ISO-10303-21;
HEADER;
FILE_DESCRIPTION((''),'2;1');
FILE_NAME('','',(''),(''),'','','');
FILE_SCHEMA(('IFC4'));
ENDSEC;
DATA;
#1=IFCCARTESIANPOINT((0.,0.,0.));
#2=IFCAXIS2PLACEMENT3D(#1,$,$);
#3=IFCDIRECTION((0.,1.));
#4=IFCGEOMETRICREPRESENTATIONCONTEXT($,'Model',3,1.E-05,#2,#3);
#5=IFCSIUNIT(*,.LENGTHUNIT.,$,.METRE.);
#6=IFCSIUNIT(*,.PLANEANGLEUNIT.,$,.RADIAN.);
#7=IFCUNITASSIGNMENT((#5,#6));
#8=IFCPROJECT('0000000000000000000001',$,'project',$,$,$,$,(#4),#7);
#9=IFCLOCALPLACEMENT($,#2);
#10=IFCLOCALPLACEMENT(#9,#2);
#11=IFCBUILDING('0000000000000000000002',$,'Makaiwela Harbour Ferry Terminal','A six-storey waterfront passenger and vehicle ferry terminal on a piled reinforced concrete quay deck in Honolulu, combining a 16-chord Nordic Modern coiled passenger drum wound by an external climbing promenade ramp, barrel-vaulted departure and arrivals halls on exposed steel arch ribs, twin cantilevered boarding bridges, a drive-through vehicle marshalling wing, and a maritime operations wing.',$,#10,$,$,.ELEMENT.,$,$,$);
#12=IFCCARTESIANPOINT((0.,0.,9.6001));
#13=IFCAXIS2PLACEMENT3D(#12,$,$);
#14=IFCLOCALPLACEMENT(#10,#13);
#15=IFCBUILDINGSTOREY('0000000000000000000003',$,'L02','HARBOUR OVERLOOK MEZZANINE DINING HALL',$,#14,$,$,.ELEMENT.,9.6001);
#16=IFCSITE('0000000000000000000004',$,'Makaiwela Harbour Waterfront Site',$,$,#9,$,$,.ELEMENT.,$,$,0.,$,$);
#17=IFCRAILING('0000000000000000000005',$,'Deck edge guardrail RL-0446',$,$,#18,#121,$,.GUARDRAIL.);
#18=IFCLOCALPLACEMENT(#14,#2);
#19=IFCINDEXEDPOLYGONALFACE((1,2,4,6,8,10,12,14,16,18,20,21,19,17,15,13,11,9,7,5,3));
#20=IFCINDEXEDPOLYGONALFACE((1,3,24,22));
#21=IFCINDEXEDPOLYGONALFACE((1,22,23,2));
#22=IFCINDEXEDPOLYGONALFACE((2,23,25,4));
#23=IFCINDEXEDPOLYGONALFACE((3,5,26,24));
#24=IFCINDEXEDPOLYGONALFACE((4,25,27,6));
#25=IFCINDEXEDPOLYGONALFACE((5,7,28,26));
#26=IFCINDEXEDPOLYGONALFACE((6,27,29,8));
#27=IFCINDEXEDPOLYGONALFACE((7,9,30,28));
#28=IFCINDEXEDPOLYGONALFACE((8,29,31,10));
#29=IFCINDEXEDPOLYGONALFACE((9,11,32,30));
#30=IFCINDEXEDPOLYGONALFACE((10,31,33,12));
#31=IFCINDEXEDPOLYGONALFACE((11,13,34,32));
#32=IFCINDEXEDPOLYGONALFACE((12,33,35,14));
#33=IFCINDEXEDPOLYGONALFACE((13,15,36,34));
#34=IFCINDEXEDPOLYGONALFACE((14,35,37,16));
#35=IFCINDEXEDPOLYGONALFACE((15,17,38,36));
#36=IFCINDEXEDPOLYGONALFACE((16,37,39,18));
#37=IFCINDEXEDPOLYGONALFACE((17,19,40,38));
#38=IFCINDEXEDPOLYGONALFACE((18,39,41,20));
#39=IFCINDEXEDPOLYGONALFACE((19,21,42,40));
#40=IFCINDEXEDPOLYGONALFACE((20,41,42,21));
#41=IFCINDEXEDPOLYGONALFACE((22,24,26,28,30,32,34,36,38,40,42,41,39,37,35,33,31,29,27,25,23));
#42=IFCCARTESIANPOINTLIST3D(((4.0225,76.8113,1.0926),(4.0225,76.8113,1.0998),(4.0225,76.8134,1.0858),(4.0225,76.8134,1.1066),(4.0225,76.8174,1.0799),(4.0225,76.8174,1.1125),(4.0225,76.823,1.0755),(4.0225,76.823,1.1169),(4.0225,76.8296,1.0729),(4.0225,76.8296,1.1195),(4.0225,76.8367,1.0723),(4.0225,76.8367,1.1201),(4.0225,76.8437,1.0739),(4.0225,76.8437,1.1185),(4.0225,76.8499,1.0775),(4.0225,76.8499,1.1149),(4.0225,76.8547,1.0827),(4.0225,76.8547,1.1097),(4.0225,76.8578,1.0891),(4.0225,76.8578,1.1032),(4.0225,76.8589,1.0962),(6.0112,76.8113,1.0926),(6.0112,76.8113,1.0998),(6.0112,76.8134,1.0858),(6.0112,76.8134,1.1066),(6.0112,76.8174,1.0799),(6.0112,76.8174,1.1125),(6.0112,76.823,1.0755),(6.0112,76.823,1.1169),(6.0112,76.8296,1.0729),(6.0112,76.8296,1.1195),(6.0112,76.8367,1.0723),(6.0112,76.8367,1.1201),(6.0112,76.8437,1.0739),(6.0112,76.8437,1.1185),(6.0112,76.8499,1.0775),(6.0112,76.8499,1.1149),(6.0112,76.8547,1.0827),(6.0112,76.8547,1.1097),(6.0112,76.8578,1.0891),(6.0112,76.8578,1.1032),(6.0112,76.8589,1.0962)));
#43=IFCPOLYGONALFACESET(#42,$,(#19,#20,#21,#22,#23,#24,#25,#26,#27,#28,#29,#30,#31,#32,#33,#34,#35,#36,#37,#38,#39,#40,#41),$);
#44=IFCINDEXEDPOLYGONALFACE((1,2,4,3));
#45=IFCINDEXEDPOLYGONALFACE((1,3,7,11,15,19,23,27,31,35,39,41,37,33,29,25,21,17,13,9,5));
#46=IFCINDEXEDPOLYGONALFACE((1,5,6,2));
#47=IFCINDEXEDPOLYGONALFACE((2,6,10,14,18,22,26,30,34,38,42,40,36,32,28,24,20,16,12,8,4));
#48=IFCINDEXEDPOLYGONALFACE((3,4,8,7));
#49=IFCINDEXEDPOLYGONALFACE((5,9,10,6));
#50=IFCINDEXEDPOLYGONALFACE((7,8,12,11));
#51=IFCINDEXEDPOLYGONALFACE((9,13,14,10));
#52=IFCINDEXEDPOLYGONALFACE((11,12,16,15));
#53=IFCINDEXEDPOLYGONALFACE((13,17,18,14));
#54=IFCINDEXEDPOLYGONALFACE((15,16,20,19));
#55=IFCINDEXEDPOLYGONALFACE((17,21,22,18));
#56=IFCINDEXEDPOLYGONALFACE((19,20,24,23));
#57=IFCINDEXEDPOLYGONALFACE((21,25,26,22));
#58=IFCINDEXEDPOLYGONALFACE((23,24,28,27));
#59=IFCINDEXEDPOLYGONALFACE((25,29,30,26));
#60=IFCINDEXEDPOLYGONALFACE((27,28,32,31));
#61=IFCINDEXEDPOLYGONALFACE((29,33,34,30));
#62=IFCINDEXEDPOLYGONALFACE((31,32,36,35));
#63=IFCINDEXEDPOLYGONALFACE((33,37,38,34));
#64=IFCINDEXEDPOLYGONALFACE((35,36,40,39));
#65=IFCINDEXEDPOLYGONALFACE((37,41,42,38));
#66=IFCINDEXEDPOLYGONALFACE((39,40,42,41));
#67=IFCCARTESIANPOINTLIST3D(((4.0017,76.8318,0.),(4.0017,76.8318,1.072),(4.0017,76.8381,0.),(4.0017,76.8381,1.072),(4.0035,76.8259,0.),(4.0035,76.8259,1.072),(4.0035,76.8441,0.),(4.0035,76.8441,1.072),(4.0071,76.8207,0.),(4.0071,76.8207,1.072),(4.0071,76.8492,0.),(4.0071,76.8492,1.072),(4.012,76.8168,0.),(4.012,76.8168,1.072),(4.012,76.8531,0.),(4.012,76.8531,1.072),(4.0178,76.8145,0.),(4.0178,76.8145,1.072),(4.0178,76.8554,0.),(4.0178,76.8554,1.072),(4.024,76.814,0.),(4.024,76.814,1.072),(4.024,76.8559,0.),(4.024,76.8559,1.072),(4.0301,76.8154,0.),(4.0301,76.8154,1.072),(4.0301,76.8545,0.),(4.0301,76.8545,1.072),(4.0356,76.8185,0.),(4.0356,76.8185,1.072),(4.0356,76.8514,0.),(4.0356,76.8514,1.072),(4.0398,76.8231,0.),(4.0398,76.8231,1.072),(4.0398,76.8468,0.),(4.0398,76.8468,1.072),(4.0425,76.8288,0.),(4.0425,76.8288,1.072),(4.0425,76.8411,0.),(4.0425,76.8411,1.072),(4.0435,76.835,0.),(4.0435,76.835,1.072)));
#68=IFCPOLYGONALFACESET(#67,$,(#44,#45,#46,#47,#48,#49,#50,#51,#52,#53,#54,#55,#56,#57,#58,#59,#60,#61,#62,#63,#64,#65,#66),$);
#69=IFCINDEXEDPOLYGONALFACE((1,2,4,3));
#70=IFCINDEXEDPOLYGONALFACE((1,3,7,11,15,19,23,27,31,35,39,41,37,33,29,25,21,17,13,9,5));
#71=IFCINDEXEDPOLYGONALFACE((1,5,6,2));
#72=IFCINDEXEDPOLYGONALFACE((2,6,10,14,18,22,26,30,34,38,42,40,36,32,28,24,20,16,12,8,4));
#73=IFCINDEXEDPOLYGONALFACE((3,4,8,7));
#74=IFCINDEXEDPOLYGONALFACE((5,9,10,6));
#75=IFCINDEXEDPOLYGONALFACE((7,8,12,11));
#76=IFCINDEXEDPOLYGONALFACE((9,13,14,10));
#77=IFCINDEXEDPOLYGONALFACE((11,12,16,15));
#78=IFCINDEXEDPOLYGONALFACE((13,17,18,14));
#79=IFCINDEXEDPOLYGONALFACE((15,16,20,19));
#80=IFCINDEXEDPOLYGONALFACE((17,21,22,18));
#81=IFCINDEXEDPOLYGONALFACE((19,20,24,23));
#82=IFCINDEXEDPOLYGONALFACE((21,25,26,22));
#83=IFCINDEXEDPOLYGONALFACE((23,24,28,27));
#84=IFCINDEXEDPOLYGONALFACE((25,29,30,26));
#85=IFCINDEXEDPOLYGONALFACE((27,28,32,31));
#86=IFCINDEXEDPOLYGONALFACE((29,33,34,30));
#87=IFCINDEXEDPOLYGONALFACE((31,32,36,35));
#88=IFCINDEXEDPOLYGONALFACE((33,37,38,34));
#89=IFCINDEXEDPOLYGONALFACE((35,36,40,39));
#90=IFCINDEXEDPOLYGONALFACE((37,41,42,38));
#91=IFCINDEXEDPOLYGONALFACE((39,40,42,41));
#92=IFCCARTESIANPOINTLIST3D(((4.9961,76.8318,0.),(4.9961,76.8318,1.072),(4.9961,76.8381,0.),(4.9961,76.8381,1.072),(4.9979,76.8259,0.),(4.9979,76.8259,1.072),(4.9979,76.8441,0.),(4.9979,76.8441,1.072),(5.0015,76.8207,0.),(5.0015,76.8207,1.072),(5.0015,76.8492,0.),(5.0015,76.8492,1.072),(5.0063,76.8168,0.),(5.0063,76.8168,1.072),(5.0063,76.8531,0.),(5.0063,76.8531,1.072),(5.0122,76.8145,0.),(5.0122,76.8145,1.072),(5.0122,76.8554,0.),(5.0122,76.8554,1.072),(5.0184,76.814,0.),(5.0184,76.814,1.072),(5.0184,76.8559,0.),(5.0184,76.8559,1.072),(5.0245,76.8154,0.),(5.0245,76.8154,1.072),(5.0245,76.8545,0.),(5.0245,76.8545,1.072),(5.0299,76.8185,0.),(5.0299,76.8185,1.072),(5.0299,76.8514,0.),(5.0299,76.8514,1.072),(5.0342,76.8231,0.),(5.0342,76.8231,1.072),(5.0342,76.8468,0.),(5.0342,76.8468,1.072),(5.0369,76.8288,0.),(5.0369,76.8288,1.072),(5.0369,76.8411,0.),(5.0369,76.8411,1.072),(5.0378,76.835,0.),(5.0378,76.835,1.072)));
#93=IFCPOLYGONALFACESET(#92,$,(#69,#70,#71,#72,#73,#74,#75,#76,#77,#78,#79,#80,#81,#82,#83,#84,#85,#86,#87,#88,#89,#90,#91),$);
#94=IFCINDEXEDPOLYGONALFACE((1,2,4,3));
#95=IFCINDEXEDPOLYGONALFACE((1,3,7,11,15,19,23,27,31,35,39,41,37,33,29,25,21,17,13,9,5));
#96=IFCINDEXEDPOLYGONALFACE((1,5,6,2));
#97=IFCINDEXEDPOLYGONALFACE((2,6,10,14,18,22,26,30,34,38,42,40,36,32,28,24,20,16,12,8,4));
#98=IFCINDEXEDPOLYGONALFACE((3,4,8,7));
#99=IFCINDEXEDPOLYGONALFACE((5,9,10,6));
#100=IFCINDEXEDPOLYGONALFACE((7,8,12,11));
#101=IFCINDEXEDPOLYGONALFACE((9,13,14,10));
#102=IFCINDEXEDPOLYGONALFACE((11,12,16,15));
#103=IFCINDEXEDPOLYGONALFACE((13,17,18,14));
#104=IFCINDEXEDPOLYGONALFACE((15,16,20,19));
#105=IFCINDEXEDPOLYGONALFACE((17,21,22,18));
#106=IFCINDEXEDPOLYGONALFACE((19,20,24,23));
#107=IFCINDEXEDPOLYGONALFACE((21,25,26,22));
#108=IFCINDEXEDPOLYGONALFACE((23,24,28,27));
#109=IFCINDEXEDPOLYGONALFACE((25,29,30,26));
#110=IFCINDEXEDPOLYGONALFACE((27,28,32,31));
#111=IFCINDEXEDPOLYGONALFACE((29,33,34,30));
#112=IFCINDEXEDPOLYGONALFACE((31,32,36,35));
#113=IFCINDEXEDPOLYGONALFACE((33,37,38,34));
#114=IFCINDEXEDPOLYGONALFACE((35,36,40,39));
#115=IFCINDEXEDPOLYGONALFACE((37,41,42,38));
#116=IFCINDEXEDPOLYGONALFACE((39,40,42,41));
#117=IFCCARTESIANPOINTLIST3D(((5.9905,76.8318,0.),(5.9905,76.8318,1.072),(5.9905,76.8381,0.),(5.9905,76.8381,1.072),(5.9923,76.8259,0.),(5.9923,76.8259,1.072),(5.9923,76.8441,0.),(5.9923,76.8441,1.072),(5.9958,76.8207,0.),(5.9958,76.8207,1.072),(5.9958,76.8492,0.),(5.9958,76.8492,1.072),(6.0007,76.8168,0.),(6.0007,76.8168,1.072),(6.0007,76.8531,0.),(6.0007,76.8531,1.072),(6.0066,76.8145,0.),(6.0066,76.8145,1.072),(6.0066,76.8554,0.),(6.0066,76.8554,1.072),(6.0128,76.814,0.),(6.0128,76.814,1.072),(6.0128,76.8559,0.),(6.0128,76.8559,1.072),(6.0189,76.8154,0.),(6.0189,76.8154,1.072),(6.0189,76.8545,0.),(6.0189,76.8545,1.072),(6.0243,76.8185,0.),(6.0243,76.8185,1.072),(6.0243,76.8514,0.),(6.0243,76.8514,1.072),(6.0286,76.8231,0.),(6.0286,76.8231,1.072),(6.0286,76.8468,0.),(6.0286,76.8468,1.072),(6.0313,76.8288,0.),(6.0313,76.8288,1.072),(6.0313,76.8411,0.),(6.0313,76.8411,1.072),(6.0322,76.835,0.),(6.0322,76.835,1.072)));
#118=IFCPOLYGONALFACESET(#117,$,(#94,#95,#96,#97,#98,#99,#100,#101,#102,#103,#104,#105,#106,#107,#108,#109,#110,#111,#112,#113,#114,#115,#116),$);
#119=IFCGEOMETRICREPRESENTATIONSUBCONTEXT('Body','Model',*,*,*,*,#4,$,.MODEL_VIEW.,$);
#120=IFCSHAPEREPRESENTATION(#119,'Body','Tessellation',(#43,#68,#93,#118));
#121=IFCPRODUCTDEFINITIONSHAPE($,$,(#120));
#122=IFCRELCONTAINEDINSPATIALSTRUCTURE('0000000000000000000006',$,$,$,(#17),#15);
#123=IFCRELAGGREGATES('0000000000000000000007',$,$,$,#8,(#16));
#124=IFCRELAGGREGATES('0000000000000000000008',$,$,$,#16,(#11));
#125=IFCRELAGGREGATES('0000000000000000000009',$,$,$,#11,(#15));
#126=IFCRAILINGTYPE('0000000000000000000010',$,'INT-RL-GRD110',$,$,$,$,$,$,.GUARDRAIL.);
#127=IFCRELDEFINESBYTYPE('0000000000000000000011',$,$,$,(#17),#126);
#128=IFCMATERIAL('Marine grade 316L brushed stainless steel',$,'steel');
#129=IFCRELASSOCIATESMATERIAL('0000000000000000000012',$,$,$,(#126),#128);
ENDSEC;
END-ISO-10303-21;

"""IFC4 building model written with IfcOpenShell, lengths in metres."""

from ifc_helpers import new_model, si_unit, direction, frame, origin, origin_2d, place, context, subcontext, project, spatial, circle, extrude, material, type_object, element, save


model = new_model("IFC4")

# Units and contexts
model_context = context("Model", 3, precision=1e-05, world=origin(), true_north=direction((0.0, 1.0)))
body_context = subcontext(model_context, "Body", "Model", "MODEL_VIEW")
ifc_project = project(units=[si_unit("LENGTHUNIT", "METRE"), si_unit("PLANEANGLEUNIT", "RADIAN")], contexts=[model_context])

# Site, building, storey
site_placement = place(None, origin())
site = spatial("IfcSite", under=ifc_project, at=site_placement, Name="Makaiwela Harbour Waterfront Site", CompositionType="ELEMENT", RefElevation=0.0)
building_placement = place(site_placement, origin())
building = spatial("IfcBuilding", under=site, at=building_placement, Name="Makaiwela Harbour Ferry Terminal", Description="A six-storey waterfront passenger and vehicle ferry terminal on a piled reinforced concrete quay deck in Honolulu, combining a 16-chord Nordic Modern coiled passenger drum wound by an external climbing promenade ramp, barrel-vaulted departure and arrivals halls on exposed steel arch ribs, twin cantilevered boarding bridges, a drive-through vehicle marshalling wing, and a maritime operations wing.", CompositionType="ELEMENT")
storey_placement = place(building_placement, frame((0.0, 0.0, 9.6001)))
storey = spatial("IfcBuildingStorey", under=building, at=storey_placement, Name="L02", Description="HARBOUR OVERLOOK MEZZANINE DINING HALL", CompositionType="ELEMENT", Elevation=9.6001)

# Railing
ifc_material_1 = material(Name="Marine grade 316L brushed stainless steel", Category="steel")
railing_type = type_object("IfcRailingType", Name="INT-RL-GRD110", PredefinedType="GUARDRAIL", material=ifc_material_1)
for number, where, name in (
    (1, (4.0225, 76.835, 0.0), "Deck edge guardrail RL-0446"),
):
    element("IfcRailing", number, at=place(storey_placement, frame(where)), inside=storey, type_object=railing_type, Name=name, PredefinedType="GUARDRAIL", context=body_context, shape_type="SweptSolid", body=[
        extrude(circle(Radius=0.0239, at=origin_2d()), frame((0.0, 0.0, 1.0962), z_axis=(1.0, 0.0, 0.0), x_axis=(0.0, 1.0, 0.0)), (0.0, 0.0, 1.0), 1.9888),
        extrude(circle(Radius=0.021, at=origin_2d()), origin(), (0.0, 0.0, 1.0), 1.072),
        extrude(circle(Radius=0.021, at=origin_2d()), frame((0.9944, 0.0, 0.0)), (0.0, 0.0, 1.0), 1.072),
        extrude(circle(Radius=0.021, at=origin_2d()), frame((1.9888, 0.0, 0.0)), (0.0, 0.0, 1.0), 1.072),
    ])

save(model, "model.ifc")
